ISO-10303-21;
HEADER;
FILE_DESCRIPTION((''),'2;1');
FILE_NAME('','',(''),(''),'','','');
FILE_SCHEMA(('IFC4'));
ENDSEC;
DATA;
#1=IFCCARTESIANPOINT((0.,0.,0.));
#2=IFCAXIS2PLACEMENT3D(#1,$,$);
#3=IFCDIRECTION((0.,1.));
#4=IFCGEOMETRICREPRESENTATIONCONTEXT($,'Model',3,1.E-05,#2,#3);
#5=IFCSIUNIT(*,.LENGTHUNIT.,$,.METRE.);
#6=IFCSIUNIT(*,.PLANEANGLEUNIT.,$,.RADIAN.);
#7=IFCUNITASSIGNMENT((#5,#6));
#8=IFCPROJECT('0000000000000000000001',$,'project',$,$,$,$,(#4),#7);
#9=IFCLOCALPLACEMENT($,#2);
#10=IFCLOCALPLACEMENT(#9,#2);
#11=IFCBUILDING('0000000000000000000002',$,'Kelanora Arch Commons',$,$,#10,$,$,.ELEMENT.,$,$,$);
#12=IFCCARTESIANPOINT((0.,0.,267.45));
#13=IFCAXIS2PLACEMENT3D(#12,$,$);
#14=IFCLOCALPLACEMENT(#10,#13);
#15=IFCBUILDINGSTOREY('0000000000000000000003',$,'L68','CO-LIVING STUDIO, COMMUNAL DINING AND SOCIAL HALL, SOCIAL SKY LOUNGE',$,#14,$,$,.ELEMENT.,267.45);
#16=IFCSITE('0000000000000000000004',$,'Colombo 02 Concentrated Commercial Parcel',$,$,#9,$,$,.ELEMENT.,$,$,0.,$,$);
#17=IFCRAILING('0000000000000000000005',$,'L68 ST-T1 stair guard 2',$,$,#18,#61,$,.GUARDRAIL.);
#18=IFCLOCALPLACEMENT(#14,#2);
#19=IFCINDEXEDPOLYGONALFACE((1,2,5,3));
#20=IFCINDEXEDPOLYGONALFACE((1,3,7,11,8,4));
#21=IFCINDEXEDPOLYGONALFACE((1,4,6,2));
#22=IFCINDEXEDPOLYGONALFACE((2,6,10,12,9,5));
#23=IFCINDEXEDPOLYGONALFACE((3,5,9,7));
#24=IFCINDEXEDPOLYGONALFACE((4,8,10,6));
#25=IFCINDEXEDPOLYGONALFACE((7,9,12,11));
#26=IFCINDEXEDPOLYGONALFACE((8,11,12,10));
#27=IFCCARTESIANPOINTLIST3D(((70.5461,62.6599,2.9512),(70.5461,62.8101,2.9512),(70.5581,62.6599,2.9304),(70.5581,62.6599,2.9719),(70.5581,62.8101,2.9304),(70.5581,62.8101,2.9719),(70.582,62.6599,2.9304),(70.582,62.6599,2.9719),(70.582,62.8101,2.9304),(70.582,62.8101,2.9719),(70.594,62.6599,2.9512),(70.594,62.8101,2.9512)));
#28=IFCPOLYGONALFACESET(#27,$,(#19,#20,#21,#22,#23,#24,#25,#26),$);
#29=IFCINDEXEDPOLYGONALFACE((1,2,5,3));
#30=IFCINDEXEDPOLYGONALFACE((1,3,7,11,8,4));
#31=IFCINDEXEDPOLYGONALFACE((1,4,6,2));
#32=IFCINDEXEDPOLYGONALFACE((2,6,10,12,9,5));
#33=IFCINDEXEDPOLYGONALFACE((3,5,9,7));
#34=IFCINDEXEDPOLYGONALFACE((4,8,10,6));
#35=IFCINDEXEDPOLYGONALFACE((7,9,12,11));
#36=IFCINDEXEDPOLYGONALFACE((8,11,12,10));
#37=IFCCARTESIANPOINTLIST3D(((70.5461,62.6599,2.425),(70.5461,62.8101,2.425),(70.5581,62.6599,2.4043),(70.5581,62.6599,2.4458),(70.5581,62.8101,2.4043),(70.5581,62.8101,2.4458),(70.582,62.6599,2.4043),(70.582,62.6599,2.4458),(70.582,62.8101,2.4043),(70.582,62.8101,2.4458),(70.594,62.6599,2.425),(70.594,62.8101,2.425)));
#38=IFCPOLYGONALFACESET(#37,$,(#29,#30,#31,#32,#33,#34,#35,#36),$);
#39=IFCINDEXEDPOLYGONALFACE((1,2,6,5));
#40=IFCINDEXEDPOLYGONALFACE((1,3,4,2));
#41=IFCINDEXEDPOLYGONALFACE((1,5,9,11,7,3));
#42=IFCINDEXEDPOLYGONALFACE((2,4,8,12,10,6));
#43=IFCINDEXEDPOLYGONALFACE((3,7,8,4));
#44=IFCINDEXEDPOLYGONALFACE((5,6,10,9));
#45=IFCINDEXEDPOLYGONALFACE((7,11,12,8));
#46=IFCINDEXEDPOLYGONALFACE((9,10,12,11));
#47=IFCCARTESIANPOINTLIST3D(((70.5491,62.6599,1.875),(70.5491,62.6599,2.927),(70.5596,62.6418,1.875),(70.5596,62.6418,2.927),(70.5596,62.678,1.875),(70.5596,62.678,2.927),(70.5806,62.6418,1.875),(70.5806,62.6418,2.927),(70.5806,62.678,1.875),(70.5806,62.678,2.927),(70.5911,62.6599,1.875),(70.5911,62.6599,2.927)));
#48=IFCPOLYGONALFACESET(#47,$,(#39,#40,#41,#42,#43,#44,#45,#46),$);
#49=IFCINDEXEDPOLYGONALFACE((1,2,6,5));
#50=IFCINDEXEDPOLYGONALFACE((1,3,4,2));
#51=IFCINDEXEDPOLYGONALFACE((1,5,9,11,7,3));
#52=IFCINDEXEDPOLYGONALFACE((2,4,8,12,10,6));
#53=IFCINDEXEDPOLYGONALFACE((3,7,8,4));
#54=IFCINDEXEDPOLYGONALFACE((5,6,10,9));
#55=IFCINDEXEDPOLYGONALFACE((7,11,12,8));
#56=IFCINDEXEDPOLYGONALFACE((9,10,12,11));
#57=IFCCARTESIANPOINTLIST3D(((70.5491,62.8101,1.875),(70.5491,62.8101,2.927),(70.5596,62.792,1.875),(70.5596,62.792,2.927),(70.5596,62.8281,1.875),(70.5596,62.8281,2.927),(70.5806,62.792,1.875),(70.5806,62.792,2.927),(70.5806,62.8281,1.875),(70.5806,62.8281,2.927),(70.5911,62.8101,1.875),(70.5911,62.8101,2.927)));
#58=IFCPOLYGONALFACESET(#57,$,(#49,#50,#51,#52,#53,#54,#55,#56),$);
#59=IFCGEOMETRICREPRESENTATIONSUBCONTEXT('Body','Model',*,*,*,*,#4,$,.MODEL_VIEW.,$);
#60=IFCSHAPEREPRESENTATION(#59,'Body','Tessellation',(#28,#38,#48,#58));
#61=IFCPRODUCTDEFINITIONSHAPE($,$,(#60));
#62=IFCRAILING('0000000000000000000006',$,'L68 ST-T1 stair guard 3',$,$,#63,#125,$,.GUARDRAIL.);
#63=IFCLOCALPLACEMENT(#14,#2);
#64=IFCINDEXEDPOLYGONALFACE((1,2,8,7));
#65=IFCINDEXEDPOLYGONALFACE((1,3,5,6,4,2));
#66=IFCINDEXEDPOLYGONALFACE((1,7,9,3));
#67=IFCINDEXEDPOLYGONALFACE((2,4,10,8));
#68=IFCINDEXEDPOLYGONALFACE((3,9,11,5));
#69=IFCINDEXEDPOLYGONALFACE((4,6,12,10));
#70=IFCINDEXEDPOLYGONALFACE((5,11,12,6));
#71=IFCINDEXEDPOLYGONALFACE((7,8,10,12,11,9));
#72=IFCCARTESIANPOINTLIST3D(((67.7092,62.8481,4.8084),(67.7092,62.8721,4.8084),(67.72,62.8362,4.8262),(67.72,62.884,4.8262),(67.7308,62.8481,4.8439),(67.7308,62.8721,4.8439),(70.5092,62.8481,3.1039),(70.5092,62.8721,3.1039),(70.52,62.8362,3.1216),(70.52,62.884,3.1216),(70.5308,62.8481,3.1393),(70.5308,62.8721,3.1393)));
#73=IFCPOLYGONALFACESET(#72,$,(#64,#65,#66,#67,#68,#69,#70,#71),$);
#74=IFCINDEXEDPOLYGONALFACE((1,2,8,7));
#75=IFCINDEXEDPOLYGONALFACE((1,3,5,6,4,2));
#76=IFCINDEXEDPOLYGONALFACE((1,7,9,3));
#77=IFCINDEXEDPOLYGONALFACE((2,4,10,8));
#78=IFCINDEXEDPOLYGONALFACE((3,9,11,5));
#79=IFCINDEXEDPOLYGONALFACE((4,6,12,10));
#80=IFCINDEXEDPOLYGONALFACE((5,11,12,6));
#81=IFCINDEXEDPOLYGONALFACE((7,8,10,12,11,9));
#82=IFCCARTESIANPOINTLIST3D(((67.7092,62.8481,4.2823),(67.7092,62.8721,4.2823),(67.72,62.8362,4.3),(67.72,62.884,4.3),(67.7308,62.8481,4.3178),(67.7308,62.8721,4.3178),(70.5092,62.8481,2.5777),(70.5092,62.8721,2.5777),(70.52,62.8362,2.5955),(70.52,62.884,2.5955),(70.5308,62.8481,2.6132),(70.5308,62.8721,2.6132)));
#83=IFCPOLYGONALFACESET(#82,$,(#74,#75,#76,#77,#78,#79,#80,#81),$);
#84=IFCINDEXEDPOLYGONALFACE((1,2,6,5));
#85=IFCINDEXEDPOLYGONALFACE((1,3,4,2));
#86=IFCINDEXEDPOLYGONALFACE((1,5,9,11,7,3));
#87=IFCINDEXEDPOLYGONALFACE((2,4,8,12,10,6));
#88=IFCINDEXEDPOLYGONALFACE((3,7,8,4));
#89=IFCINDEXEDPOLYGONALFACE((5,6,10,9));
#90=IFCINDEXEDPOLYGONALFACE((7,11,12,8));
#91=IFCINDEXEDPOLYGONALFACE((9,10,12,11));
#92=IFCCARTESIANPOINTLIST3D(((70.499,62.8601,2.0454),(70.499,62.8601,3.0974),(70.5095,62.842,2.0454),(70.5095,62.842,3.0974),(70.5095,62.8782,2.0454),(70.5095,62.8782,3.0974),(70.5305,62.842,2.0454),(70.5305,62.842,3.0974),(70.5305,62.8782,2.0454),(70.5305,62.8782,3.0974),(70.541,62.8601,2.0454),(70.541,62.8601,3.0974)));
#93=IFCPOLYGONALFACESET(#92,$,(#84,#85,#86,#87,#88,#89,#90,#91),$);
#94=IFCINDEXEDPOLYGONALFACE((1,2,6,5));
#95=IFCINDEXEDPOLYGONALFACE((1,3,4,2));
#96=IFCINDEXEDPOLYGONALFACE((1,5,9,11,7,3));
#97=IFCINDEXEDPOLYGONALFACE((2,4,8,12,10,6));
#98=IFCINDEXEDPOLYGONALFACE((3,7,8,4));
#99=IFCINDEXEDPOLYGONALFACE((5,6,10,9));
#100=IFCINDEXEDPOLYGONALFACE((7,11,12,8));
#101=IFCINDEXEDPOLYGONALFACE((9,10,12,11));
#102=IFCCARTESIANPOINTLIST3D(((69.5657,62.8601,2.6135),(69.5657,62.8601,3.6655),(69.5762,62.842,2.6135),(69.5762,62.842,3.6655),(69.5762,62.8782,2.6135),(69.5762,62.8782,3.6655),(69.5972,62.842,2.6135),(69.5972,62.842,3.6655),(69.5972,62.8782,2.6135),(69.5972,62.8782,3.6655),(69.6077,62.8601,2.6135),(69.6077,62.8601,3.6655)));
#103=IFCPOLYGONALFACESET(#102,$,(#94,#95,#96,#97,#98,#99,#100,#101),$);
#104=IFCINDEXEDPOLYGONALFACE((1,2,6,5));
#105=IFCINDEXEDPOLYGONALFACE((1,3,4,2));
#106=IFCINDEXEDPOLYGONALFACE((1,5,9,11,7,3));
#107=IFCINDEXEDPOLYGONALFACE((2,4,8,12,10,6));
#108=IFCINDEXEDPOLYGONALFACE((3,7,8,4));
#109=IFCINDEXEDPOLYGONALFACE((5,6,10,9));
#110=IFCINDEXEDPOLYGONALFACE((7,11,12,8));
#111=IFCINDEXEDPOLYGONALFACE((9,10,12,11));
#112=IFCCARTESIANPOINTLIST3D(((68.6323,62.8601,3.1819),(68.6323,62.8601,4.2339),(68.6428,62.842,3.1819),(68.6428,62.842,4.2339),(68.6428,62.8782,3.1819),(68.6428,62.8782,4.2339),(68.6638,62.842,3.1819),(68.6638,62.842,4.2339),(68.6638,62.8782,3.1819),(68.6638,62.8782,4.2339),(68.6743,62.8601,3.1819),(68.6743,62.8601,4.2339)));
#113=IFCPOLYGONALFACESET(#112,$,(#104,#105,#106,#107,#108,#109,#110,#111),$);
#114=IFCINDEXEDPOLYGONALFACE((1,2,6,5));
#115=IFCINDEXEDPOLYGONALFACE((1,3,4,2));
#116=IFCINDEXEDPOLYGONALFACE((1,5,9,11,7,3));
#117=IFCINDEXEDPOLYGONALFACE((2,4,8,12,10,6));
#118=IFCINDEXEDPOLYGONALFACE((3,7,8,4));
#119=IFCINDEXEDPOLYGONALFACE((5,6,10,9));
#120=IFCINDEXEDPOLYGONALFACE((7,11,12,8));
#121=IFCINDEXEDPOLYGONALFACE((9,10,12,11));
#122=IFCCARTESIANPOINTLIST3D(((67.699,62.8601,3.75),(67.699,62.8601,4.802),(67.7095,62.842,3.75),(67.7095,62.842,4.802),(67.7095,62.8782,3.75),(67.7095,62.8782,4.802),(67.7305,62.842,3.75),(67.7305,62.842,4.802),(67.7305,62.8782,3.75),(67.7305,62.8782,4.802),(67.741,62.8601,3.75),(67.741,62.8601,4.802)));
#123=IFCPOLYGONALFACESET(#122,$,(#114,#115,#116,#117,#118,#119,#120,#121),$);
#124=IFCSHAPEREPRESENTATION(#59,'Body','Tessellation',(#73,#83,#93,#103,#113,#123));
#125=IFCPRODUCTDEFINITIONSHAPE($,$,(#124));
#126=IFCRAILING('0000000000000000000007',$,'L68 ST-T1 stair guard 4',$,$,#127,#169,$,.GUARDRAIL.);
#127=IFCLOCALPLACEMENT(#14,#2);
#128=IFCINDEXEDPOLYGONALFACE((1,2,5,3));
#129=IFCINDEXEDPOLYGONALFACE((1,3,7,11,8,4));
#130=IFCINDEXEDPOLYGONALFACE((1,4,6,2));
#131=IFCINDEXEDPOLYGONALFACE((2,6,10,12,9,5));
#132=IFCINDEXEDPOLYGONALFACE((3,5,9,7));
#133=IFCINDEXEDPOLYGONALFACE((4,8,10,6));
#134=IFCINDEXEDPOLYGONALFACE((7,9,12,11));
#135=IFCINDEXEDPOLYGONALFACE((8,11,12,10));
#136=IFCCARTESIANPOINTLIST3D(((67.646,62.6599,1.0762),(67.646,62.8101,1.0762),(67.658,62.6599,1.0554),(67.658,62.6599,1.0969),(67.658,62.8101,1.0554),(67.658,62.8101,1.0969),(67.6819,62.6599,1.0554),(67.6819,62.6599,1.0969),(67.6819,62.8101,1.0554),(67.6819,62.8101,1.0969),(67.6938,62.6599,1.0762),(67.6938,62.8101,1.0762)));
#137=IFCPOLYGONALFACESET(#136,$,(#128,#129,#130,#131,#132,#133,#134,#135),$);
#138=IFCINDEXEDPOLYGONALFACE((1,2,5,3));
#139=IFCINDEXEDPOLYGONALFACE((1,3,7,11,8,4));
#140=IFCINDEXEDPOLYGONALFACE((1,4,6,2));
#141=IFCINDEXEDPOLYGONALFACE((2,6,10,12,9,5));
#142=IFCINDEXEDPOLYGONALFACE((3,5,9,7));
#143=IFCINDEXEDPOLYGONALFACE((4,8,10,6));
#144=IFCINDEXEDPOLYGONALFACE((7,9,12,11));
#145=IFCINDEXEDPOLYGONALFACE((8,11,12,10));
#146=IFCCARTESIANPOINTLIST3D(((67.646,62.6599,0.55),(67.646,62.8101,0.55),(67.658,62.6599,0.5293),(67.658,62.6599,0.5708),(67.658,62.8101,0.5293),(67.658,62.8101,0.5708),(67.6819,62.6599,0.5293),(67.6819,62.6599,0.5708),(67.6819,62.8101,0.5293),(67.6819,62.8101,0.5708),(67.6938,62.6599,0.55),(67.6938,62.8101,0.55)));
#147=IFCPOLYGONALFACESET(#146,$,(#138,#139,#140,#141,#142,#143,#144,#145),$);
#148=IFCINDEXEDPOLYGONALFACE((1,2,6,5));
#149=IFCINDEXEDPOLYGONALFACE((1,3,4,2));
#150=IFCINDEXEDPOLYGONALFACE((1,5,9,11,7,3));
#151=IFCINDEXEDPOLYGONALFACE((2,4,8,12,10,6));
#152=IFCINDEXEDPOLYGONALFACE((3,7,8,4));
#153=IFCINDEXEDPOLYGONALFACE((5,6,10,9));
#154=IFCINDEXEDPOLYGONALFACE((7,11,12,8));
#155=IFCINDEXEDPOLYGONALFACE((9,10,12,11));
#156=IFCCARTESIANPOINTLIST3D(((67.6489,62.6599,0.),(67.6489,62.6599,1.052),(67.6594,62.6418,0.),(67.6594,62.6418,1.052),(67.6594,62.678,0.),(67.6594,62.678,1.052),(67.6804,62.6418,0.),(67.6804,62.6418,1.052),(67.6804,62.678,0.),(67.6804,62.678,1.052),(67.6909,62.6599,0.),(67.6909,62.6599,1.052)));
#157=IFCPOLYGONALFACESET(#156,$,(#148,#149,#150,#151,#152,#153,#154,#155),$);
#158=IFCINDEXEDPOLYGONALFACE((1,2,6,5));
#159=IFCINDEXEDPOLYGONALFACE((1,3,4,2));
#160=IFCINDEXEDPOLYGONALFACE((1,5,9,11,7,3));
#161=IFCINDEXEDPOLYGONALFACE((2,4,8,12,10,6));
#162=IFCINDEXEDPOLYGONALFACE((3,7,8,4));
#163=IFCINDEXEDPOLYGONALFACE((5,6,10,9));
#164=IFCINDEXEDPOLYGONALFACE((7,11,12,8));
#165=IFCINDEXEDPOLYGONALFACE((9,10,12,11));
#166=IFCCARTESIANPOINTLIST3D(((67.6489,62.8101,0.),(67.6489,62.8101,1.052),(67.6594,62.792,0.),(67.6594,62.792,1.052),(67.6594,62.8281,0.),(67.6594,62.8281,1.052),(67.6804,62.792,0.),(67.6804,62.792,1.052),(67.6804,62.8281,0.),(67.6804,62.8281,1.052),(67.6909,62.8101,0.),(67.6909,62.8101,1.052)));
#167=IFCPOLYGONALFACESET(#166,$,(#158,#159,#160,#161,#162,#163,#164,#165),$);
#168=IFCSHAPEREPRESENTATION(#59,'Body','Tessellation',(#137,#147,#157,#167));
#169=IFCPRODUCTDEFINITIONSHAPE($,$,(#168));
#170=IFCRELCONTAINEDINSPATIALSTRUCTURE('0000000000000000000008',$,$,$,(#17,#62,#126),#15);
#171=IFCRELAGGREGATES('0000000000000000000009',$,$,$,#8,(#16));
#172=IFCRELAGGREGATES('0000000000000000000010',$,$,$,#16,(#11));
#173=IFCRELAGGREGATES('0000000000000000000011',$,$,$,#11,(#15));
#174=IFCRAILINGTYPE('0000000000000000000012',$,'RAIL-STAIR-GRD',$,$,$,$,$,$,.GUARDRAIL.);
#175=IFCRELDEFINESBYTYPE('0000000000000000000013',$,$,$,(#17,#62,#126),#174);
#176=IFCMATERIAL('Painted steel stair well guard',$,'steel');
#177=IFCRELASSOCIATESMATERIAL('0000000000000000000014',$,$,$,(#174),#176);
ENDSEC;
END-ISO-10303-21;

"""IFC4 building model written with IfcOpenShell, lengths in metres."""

from ifc_helpers import new_model, si_unit, direction, frame, origin, place, context, subcontext, project, spatial, polyline, outline, extrude, material, type_object, element, save


model = new_model("IFC4")

# Units and contexts
model_context = context("Model", 3, precision=1e-05, world=origin(), true_north=direction((0.0, 1.0)))
body_context = subcontext(model_context, "Body", "Model", "MODEL_VIEW")
ifc_project = project(units=[si_unit("LENGTHUNIT", "METRE"), si_unit("PLANEANGLEUNIT", "RADIAN")], contexts=[model_context])

# Site, building, storey
site_placement = place(None, origin())
site = spatial("IfcSite", under=ifc_project, at=site_placement, Name="Colombo 02 Concentrated Commercial Parcel", CompositionType="ELEMENT", RefElevation=0.0)
building_placement = place(site_placement, origin())
building = spatial("IfcBuilding", under=site, at=building_placement, Name="Kelanora Arch Commons", CompositionType="ELEMENT")
storey_placement = place(building_placement, frame((0.0, 0.0, 267.45)))
storey = spatial("IfcBuildingStorey", under=building, at=storey_placement, Name="L68", Description="CO-LIVING STUDIO, COMMUNAL DINING AND SOCIAL HALL, SOCIAL SKY LOUNGE", CompositionType="ELEMENT", Elevation=267.45)

# Railings
ifc_material_1 = material(Name="Painted steel stair well guard", Category="steel")
railing_type_1 = type_object("IfcRailingType", Name="RAIL-STAIR-GRD", PredefinedType="GUARDRAIL", material=ifc_material_1)
railing_1_placement = place(storey_placement, frame((70.5701, 62.6599, 1.875)))
element("IfcRailing", 1, at=railing_1_placement, inside=storey, type_object=railing_type_1, Name="L68 ST-T1 stair guard 2", PredefinedType="GUARDRAIL", context=body_context, shape_type="SweptSolid", body=[
    extrude(outline(polyline([(0.0239, 0.0), (0.012, 0.0208), (-0.012, 0.0208), (-0.0239, 0.0), (-0.012, -0.0208), (0.012, -0.0208), (0.0239, 0.0)])), frame((0.0, 0.0, 1.0762), z_axis=(0.0, 1.0, 0.0), x_axis=(-1.0, 0.0, 0.0)), (0.0, 0.0, 1.0), 0.1501),
    extrude(outline(polyline([(0.0239, 0.0), (0.012, 0.0208), (-0.012, 0.0208), (-0.0239, 0.0), (-0.012, -0.0208), (0.012, -0.0208), (0.0239, 0.0)])), frame((0.0, 0.0, 0.55), z_axis=(0.0, 1.0, 0.0), x_axis=(-1.0, 0.0, 0.0)), (0.0, 0.0, 1.0), 0.1501),
    extrude(outline(polyline([(0.021, 0.0), (0.0105, 0.0181), (-0.0105, 0.0181), (-0.021, 0.0), (-0.0105, -0.0181), (0.0105, -0.0181), (0.021, 0.0)])), origin(), (0.0, 0.0, 1.0), 1.052),
    extrude(outline(polyline([(0.021, 0.0), (0.0105, 0.0181), (-0.0105, 0.0181), (-0.021, 0.0), (-0.0105, -0.0181), (0.0105, -0.0181), (0.021, 0.0)])), frame((0.0, 0.1501, 0.0)), (0.0, 0.0, 1.0), 1.052),
])
railing_2_placement = place(storey_placement, frame((70.52, 62.8601, 2.0454)))
element("IfcRailing", 2, at=railing_2_placement, inside=storey, type_object=railing_type_1, Name="L68 ST-T1 stair guard 3", PredefinedType="GUARDRAIL", context=body_context, shape_type="SweptSolid", body=[
    extrude(outline(polyline([(0.0239, 0.0), (0.012, 0.0208), (-0.012, 0.0208), (-0.0239, 0.0), (-0.012, -0.0208), (0.012, -0.0208), (0.0239, 0.0)])), frame((0.0, 0.0, 1.0762), z_axis=(-0.85417, 0.0, 0.519994), x_axis=(0.0, -1.0, 0.0)), (0.0, 0.0, 1.0), 3.2781),
    extrude(outline(polyline([(0.0239, 0.0), (0.012, 0.0208), (-0.012, 0.0208), (-0.0239, 0.0), (-0.012, -0.0208), (0.012, -0.0208), (0.0239, 0.0)])), frame((0.0, 0.0, 0.55), z_axis=(-0.85417, 0.0, 0.519994), x_axis=(0.0, -1.0, 0.0)), (0.0, 0.0, 1.0), 3.2781),
    extrude(outline(polyline([(0.021, 0.0), (0.0105, 0.0181), (-0.0105, 0.0181), (-0.021, 0.0), (-0.0105, -0.0181), (0.0105, -0.0181), (0.021, 0.0)])), origin(), (0.0, 0.0, 1.0), 1.052),
    extrude(outline(polyline([(0.021, 0.0), (0.0105, 0.0181), (-0.0105, 0.0181), (-0.021, 0.0), (-0.0105, -0.0181), (0.0105, -0.0181), (0.021, 0.0)])), frame((-0.9333, 0.0, 0.5681)), (0.0, 0.0, 1.0), 1.052),
    extrude(outline(polyline([(0.021, 0.0), (0.0105, 0.0181), (-0.0105, 0.0181), (-0.021, 0.0), (-0.0105, -0.0181), (0.0105, -0.0181), (0.021, 0.0)])), frame((-1.8667, 0.0, 1.1365)), (0.0, 0.0, 1.0), 1.052),
    extrude(outline(polyline([(0.021, 0.0), (0.0105, 0.0181), (-0.0105, 0.0181), (-0.021, 0.0), (-0.0105, -0.0181), (0.0105, -0.0181), (0.021, 0.0)])), frame((-2.8, 0.0, 1.7046)), (0.0, 0.0, 1.0), 1.052),
])
railing_3_placement = place(storey_placement, frame((67.6699, 62.6599, 0.0)))
element("IfcRailing", 3, at=railing_3_placement, inside=storey, type_object=railing_type_1, Name="L68 ST-T1 stair guard 4", PredefinedType="GUARDRAIL", context=body_context, shape_type="SweptSolid", body=[
    extrude(outline(polyline([(0.0239, 0.0), (0.012, 0.0208), (-0.012, 0.0208), (-0.0239, 0.0), (-0.012, -0.0208), (0.012, -0.0208), (0.0239, 0.0)])), frame((0.0, 0.0, 1.0762), z_axis=(0.0, 1.0, 0.0), x_axis=(-1.0, 0.0, 0.0)), (0.0, 0.0, 1.0), 0.1501),
    extrude(outline(polyline([(0.0239, 0.0), (0.012, 0.0208), (-0.012, 0.0208), (-0.0239, 0.0), (-0.012, -0.0208), (0.012, -0.0208), (0.0239, 0.0)])), frame((0.0, 0.0, 0.55), z_axis=(0.0, 1.0, 0.0), x_axis=(-1.0, 0.0, 0.0)), (0.0, 0.0, 1.0), 0.1501),
    extrude(outline(polyline([(0.021, 0.0), (0.0105, 0.0181), (-0.0105, 0.0181), (-0.021, 0.0), (-0.0105, -0.0181), (0.0105, -0.0181), (0.021, 0.0)])), origin(), (0.0, 0.0, 1.0), 1.052),
    extrude(outline(polyline([(0.021, 0.0), (0.0105, 0.0181), (-0.0105, 0.0181), (-0.021, 0.0), (-0.0105, -0.0181), (0.0105, -0.0181), (0.021, 0.0)])), frame((0.0, 0.1501, 0.0)), (0.0, 0.0, 1.0), 1.052),
])

save(model, "model.ifc")
